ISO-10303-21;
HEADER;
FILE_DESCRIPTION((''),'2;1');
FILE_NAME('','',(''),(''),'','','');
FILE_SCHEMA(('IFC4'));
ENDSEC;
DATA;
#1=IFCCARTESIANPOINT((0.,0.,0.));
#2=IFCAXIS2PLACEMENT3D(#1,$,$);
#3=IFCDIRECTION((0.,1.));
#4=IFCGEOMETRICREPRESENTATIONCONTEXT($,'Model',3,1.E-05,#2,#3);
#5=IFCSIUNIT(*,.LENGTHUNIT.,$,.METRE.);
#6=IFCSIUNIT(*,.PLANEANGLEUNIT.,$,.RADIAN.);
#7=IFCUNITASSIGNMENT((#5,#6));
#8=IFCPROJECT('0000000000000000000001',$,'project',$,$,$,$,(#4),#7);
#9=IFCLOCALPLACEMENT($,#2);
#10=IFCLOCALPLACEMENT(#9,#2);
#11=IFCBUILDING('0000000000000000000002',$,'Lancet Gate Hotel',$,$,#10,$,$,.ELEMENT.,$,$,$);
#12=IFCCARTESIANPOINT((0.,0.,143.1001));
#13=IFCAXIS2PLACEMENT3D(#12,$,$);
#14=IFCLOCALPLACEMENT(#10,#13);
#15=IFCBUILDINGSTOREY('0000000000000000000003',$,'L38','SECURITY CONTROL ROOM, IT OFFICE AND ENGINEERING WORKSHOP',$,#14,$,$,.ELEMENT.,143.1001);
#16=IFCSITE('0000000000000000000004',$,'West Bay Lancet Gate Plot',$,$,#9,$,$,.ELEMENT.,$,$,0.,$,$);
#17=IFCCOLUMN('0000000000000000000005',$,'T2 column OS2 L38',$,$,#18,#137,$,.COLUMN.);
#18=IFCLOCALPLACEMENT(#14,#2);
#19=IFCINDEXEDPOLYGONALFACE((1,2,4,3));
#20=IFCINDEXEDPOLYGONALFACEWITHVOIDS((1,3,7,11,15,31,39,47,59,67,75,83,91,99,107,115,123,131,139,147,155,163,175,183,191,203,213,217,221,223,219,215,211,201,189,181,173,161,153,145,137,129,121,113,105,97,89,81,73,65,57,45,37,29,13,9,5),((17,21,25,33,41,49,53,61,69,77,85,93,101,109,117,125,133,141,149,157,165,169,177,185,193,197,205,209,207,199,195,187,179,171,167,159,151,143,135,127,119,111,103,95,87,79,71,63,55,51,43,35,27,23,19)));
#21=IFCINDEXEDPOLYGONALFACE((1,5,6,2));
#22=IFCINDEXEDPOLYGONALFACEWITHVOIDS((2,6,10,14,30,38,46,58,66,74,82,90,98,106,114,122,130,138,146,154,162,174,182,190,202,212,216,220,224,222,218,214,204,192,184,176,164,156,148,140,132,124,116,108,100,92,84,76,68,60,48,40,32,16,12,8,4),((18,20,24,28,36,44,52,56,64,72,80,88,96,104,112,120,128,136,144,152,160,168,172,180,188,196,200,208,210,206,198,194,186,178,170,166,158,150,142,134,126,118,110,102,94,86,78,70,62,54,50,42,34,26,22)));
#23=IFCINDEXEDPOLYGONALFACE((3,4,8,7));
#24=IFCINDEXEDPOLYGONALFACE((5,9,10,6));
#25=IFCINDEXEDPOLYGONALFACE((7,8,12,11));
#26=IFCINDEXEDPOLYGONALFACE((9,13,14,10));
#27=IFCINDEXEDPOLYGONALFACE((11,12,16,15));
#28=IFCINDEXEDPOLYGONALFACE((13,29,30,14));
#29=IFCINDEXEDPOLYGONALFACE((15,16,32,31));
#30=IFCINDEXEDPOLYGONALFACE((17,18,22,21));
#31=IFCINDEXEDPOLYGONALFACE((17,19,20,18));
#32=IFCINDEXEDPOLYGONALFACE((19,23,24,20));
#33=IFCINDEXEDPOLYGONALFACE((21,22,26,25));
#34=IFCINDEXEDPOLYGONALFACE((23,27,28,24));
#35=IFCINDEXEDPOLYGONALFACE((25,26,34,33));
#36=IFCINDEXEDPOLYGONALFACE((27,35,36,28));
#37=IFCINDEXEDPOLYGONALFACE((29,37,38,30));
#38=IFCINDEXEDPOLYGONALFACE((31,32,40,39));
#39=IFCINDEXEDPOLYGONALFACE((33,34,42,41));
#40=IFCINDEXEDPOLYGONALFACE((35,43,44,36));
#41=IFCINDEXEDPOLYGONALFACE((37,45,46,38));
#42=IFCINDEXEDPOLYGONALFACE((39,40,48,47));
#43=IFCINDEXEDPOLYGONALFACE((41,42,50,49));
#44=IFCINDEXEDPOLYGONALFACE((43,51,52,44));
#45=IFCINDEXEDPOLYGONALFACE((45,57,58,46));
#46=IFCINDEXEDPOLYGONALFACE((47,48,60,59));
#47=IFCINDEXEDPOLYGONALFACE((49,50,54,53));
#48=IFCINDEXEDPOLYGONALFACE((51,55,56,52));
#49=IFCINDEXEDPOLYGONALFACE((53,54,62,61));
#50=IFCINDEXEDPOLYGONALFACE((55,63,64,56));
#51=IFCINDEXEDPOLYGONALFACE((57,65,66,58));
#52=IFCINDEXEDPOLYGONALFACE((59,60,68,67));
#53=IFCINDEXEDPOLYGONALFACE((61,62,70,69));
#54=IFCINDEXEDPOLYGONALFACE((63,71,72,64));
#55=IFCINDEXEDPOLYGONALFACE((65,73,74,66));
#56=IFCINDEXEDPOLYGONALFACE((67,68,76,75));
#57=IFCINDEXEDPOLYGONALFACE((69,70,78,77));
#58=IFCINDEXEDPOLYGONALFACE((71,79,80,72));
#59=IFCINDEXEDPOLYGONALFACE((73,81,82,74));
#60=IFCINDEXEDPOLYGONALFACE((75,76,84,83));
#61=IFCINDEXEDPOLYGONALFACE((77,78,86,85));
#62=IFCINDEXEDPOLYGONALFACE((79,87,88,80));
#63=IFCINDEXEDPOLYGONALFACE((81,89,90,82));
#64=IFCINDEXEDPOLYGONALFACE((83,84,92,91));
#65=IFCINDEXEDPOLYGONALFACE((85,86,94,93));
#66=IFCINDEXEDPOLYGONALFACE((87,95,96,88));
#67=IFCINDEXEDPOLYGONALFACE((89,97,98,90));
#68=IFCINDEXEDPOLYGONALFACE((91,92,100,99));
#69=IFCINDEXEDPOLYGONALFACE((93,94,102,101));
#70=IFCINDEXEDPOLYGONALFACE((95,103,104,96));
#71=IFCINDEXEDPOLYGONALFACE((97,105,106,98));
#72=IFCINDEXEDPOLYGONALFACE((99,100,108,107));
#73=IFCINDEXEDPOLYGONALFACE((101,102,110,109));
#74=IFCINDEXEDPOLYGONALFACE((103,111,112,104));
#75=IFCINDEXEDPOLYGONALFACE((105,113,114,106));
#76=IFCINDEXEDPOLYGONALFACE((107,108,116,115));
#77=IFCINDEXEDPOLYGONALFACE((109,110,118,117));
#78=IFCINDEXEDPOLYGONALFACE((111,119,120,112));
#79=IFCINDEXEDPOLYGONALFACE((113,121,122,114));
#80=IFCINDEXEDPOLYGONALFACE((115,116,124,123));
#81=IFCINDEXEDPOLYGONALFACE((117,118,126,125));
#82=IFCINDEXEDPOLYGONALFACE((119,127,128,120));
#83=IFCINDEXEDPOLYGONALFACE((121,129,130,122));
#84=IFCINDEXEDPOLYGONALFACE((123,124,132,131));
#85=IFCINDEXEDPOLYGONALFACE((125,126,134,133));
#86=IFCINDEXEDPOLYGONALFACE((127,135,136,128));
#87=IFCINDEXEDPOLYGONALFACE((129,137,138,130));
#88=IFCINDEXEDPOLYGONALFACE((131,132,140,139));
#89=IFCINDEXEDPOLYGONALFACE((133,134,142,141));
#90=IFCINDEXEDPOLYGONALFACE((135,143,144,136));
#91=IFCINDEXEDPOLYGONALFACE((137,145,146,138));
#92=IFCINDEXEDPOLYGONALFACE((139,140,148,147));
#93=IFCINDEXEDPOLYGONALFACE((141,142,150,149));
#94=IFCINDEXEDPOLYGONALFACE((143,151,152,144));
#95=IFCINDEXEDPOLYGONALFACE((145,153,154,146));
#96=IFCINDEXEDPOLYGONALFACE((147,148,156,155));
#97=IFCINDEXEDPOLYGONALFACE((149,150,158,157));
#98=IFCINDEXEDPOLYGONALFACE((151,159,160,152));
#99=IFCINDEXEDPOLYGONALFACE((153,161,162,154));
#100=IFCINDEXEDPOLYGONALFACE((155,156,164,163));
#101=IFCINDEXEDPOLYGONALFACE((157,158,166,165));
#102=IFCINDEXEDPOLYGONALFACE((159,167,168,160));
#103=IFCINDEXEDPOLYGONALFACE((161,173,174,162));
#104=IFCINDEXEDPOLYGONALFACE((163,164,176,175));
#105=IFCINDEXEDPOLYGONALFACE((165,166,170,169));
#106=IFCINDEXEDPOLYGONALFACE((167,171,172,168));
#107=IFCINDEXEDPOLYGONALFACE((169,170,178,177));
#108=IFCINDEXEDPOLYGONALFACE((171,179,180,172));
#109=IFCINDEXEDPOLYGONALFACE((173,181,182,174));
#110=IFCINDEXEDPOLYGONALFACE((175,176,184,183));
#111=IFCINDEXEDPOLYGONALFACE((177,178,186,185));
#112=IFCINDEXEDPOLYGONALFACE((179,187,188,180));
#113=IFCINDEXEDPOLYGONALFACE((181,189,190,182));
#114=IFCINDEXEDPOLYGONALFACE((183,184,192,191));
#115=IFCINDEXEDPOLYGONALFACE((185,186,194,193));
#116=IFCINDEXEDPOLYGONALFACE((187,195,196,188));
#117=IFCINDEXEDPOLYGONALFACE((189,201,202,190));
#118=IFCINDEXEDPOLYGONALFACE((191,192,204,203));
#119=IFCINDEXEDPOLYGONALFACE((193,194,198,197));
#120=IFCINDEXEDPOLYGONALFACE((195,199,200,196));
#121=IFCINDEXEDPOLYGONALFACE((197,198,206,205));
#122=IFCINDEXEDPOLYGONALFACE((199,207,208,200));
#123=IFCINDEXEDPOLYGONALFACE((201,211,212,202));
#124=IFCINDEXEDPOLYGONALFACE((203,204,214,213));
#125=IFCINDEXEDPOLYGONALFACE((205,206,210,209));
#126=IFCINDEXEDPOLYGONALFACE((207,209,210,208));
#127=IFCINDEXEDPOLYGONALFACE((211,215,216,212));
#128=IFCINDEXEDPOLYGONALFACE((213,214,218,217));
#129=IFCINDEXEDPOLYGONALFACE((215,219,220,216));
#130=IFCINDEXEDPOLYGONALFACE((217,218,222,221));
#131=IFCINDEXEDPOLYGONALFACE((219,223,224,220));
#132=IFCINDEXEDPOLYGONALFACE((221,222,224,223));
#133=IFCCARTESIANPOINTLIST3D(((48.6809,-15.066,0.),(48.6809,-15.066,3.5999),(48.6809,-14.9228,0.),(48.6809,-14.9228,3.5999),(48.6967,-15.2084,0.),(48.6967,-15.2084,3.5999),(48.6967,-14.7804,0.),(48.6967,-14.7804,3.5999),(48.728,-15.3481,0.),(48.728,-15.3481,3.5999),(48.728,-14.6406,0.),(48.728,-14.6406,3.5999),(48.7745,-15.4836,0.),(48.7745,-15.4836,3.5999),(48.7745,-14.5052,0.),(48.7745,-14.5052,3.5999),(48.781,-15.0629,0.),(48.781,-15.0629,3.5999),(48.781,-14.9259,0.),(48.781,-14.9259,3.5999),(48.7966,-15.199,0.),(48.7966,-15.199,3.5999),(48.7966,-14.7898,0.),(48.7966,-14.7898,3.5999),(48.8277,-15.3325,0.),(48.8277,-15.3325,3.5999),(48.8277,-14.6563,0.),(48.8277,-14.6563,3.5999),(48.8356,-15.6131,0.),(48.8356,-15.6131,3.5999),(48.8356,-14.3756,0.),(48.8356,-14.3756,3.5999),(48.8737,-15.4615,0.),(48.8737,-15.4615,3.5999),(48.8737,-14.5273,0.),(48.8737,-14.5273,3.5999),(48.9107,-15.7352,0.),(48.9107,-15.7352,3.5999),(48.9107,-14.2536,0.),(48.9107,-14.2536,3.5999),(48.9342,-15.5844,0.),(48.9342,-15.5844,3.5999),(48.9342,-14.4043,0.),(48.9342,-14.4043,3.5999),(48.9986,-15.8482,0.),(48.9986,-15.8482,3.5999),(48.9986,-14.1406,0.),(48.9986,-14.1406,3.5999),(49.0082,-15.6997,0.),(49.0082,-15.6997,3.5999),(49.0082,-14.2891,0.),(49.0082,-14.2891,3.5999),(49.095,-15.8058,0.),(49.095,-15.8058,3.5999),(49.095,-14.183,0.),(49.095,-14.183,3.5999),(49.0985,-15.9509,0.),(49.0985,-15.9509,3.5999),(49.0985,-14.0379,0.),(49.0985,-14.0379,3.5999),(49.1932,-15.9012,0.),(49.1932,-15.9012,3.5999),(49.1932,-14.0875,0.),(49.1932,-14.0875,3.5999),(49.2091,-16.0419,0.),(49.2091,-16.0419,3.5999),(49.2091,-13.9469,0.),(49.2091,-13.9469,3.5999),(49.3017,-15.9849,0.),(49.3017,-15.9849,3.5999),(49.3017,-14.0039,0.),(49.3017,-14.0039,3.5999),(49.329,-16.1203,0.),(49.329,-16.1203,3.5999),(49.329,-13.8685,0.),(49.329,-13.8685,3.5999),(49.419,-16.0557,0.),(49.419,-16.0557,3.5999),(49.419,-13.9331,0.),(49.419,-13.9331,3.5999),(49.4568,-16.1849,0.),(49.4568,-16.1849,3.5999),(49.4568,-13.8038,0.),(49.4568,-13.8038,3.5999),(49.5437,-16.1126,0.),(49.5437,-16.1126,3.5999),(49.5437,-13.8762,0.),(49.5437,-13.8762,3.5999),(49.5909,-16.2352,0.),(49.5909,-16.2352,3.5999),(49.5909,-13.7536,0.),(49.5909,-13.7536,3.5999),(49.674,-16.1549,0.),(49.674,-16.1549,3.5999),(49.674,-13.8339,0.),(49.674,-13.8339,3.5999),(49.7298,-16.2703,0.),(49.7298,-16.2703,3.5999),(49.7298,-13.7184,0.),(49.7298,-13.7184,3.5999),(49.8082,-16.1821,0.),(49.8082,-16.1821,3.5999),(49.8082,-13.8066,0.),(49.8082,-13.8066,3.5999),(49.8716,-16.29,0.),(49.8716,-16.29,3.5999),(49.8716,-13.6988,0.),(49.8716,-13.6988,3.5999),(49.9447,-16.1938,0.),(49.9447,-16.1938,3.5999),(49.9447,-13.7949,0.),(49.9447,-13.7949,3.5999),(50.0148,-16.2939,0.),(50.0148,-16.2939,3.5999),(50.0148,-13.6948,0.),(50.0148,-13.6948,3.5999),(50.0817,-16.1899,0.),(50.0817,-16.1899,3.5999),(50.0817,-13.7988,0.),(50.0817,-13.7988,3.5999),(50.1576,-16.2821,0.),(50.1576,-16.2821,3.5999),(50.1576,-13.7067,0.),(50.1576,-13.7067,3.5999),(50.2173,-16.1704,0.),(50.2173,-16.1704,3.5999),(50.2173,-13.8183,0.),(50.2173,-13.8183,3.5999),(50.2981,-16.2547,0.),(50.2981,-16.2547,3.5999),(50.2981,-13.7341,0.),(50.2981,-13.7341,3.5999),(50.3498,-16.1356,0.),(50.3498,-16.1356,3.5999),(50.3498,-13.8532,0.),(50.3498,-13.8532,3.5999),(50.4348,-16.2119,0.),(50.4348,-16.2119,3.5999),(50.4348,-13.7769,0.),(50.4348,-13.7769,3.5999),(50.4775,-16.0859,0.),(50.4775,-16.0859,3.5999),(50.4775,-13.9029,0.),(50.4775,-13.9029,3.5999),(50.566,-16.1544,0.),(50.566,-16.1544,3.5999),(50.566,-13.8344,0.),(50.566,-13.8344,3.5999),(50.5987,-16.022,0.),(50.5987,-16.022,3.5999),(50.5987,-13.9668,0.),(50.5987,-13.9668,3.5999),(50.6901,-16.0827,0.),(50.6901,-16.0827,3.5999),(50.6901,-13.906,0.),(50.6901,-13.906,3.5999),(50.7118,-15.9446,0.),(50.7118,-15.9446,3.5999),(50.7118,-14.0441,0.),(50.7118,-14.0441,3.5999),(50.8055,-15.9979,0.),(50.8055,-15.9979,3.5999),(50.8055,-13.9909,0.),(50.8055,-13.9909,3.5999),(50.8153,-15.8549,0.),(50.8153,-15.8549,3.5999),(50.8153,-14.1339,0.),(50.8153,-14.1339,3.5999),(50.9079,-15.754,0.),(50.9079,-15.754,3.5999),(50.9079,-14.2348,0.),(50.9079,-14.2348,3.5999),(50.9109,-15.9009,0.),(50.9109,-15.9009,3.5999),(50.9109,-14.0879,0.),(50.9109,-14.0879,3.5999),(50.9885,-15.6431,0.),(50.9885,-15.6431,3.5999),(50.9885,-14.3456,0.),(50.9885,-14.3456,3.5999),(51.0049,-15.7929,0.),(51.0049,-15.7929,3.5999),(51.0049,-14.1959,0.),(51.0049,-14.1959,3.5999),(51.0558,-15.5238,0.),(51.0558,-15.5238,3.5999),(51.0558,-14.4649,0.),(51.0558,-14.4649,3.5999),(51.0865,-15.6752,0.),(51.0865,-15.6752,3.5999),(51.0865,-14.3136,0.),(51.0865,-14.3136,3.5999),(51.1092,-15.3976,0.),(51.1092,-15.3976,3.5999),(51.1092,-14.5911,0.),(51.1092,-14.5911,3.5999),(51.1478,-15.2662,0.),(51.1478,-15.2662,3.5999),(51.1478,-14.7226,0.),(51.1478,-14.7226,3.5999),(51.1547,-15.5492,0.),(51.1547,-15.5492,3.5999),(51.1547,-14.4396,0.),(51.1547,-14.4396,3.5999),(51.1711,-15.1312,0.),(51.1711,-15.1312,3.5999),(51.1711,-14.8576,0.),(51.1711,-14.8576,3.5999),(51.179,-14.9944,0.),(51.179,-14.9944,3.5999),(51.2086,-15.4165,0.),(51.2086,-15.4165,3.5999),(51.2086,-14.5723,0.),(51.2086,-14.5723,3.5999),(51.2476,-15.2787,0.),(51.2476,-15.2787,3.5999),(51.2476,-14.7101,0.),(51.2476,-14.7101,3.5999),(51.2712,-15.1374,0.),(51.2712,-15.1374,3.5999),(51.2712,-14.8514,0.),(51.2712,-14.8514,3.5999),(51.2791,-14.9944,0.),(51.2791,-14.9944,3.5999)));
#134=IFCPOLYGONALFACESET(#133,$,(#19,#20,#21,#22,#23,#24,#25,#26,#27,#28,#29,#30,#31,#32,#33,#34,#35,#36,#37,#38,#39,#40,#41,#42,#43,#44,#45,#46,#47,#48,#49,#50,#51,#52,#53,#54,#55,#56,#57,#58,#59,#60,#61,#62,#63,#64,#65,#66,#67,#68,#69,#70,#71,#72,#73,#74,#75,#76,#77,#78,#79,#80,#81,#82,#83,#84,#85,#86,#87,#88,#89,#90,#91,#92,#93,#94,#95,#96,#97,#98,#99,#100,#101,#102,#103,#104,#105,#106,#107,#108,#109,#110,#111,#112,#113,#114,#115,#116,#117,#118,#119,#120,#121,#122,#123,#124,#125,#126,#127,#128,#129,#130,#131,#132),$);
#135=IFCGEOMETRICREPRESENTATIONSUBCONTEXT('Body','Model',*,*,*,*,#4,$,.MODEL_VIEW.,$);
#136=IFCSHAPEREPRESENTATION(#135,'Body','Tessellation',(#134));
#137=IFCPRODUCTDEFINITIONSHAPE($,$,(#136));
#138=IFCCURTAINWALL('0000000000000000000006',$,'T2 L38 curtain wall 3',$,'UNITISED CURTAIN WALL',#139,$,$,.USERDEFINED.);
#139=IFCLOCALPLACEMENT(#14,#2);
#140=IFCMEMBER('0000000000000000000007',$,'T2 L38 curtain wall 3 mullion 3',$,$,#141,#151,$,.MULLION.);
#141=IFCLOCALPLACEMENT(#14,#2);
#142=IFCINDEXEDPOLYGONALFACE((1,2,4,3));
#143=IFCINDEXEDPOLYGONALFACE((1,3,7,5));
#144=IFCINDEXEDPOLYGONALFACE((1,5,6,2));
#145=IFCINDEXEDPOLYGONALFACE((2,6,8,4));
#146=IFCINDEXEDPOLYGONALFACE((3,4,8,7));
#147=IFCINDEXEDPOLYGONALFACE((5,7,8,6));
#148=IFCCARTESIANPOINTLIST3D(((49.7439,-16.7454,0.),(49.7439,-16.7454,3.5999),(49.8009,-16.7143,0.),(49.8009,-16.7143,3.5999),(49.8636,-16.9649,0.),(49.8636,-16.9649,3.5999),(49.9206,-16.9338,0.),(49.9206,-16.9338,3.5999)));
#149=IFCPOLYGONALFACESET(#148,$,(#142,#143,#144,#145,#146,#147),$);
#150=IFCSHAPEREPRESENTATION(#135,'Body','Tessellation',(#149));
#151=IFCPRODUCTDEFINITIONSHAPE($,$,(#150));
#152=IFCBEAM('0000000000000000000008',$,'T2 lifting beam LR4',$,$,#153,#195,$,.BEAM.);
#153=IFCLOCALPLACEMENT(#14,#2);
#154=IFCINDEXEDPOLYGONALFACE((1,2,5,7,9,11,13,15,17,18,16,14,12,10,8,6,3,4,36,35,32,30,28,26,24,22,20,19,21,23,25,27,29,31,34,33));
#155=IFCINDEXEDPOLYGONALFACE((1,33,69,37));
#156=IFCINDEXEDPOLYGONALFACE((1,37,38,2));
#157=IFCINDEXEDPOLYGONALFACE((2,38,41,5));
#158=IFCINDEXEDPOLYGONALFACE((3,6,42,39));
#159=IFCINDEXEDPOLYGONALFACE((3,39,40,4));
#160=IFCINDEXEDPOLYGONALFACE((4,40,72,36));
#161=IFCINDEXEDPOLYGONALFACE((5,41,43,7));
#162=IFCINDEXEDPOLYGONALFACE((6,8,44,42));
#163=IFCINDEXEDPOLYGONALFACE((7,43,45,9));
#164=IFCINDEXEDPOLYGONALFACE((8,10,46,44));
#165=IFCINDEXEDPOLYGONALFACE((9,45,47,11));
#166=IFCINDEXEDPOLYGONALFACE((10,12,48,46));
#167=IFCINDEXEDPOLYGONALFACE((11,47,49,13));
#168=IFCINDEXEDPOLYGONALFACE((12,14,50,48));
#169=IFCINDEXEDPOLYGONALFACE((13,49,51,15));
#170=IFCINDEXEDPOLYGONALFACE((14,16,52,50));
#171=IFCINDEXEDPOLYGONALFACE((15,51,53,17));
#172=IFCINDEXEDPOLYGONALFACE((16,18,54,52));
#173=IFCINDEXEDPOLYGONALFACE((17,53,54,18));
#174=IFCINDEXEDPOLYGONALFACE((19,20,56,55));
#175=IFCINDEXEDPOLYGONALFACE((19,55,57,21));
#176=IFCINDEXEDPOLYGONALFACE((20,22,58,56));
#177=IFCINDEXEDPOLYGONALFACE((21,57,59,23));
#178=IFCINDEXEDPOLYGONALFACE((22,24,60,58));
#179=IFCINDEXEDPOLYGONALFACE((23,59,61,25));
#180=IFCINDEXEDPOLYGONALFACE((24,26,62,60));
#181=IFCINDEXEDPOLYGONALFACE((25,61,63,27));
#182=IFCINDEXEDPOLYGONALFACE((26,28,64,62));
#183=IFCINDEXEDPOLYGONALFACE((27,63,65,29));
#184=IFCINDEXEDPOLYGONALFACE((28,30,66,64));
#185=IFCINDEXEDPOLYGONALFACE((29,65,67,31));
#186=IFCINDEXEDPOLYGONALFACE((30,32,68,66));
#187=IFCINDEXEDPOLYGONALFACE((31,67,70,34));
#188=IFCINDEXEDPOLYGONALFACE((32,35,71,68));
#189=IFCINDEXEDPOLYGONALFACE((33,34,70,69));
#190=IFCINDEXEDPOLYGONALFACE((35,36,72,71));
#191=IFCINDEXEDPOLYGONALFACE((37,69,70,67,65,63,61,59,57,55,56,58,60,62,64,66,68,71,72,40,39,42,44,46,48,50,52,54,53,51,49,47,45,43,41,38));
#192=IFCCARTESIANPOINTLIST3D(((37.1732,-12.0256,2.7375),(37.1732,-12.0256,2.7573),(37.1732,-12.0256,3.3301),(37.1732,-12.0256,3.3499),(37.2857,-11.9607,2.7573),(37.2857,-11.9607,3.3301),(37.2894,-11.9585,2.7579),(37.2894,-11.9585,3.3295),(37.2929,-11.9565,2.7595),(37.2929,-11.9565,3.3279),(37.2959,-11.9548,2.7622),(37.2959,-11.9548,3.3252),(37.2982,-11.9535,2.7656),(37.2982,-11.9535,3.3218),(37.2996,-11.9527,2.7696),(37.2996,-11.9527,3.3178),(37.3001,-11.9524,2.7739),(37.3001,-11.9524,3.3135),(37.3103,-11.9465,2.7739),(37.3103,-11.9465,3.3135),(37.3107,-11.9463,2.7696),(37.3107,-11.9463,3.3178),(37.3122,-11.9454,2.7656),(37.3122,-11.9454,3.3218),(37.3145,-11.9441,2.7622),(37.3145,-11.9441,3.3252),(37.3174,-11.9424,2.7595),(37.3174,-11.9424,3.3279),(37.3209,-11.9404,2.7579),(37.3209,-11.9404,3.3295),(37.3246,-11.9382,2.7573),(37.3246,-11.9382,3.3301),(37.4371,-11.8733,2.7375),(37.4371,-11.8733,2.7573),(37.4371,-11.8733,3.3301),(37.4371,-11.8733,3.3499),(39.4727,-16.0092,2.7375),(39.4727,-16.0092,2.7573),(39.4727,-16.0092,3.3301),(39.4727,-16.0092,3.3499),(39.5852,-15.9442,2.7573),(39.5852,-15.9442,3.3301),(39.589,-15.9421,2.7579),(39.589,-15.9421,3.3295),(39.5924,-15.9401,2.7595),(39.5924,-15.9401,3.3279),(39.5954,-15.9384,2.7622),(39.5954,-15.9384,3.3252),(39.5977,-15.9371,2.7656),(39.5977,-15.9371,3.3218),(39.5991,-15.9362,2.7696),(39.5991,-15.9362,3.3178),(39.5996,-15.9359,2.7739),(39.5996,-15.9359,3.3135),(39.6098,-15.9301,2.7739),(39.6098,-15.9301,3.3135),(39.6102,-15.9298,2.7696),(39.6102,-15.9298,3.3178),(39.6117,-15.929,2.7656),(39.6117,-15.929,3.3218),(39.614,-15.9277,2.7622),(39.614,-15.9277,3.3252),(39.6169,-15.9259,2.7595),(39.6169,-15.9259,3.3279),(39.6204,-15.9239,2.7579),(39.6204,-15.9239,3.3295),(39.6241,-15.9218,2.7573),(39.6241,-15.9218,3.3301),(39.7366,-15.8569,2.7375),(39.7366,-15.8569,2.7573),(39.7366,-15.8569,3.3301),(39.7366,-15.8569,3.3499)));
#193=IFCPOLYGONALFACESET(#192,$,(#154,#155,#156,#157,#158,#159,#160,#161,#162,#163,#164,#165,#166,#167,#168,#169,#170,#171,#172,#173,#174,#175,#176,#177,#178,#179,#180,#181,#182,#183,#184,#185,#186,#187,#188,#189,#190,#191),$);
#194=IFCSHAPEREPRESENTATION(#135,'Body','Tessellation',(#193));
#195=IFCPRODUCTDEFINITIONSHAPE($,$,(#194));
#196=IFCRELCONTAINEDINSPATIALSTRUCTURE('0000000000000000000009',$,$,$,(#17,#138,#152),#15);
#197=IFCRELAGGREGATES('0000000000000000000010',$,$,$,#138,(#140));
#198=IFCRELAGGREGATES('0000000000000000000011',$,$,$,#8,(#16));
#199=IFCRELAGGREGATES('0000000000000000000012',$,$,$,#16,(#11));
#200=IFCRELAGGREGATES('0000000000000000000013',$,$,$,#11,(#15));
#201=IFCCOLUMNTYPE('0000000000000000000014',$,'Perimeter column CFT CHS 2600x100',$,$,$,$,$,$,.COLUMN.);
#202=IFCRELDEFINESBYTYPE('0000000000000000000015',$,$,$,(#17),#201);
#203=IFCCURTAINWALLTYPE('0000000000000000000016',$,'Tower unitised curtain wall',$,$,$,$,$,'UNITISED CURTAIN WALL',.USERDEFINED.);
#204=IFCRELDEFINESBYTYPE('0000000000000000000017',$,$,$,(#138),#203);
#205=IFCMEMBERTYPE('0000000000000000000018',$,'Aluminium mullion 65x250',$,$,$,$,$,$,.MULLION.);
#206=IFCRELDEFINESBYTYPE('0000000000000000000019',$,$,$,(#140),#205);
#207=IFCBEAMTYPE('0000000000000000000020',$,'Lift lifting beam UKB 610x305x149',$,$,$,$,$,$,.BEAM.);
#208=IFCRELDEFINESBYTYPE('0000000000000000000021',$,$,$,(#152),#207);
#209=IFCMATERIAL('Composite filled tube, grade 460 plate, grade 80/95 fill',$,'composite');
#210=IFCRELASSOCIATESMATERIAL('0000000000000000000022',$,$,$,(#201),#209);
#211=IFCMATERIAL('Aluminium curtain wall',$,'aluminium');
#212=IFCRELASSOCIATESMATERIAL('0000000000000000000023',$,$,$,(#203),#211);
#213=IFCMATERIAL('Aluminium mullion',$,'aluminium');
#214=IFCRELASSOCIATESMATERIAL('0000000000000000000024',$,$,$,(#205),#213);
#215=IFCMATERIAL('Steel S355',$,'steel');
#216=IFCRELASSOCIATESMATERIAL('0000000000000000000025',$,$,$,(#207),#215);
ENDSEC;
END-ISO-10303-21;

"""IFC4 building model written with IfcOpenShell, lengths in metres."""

from ifc_helpers import new_model, si_unit, direction, frame, origin, origin_2d, place, context, subcontext, project, spatial, rectangle, hollow_circle, i_section, extrude, material, material_profile, profile_set, type_object, element, aggregate, save


model = new_model("IFC4")

# Units and contexts
model_context = context("Model", 3, precision=1e-05, world=origin(), true_north=direction((0.0, 1.0)))
body_context = subcontext(model_context, "Body", "Model", "MODEL_VIEW")
ifc_project = project(units=[si_unit("LENGTHUNIT", "METRE"), si_unit("PLANEANGLEUNIT", "RADIAN")], contexts=[model_context])

# Site, building, storey
site_placement = place(None, origin())
site = spatial("IfcSite", under=ifc_project, at=site_placement, Name="West Bay Lancet Gate Plot", CompositionType="ELEMENT", RefElevation=0.0)
building_placement = place(site_placement, origin())
building = spatial("IfcBuilding", under=site, at=building_placement, Name="Lancet Gate Hotel", CompositionType="ELEMENT")
storey_placement = place(building_placement, frame((0.0, 0.0, 143.1001)))
storey = spatial("IfcBuildingStorey", under=building, at=storey_placement, Name="L38", Description="SECURITY CONTROL ROOM, IT OFFICE AND ENGINEERING WORKSHOP", CompositionType="ELEMENT", Elevation=143.1001)

# Column
ifc_material_1 = material(Name="Composite filled tube, grade 460 plate, grade 80/95 fill", Category="composite")
ifc_material_profile_1 = material_profile(ifc_material_1, hollow_circle(Radius=1.3, WallThickness=0.1001, at=origin_2d()), Name="CHS 2600x100")
ifc_profile_set_1 = profile_set([ifc_material_profile_1], Name="Composite filled tube, grade 460 plate, grade 80/95 fill")
column_type = type_object("IfcColumnType", Name="Perimeter column CFT CHS 2600x100", PredefinedType="COLUMN", material=ifc_profile_set_1)
column_placement = place(storey_placement, frame((49.979, -14.9944, 0.0), z_axis=(0.0, 0.0, 1.0), x_axis=(1.0, 0.0, 0.0)))
element("IfcColumn", 1, at=column_placement, inside=storey, type_object=column_type, Name="T2 column OS2 L38", PredefinedType="COLUMN", context=body_context, shape_type="SweptSolid", body=[
    extrude(hollow_circle(Radius=1.3, WallThickness=0.1001, at=origin_2d()), origin(), (0.0, 0.0, 1.0), 3.5999),
])

# Curtain wall, member
ifc_material_2 = material(Name="Aluminium curtain wall", Category="aluminium")
curtain_wall_type = type_object("IfcCurtainWallType", Name="Tower unitised curtain wall", ElementType="UNITISED CURTAIN WALL", PredefinedType="USERDEFINED", material=ifc_material_2)
curtain_wall_placement = place(storey_placement, origin())
curtain_wall = element("IfcCurtainWall", 2, at=curtain_wall_placement, inside=storey, type_object=curtain_wall_type, Name="T2 L38 curtain wall 3", ObjectType="UNITISED CURTAIN WALL", PredefinedType="USERDEFINED")
ifc_material_3 = material(Name="Aluminium mullion", Category="aluminium")
ifc_material_profile_2 = material_profile(ifc_material_3, rectangle(XDim=0.0649, YDim=0.25, at=origin_2d()), Name="MULLION 65x250")
ifc_profile_set_2 = profile_set([ifc_material_profile_2], Name="Aluminium mullion")
member_type = type_object("IfcMemberType", Name="Aluminium mullion 65x250", PredefinedType="MULLION", material=ifc_profile_set_2)
member_placement = place(storey_placement, frame((49.8323, -16.8396, 0.0), z_axis=(0.0, 0.0, 1.0), x_axis=(0.877916, 0.478814, 0.0)))
member = element("IfcMember", 3, at=member_placement, type_object=member_type, Name="T2 L38 curtain wall 3 mullion 3", PredefinedType="MULLION", context=body_context, shape_type="SweptSolid", body=[
    extrude(rectangle(XDim=0.0649, YDim=0.25, at=origin_2d()), origin(), (0.0, 0.0, 1.0), 3.5999),
])
aggregate(curtain_wall, [member])

# Beam
ifc_material_4 = material(Name="Steel S355", Category="steel")
ifc_material_profile_3 = material_profile(ifc_material_4, i_section(OverallWidth=0.3047, OverallDepth=0.6123, WebThickness=0.0117, FlangeThickness=0.0198, FilletRadius=0.0166, at=origin_2d()), Name="UKB 610x305x149")
ifc_profile_set_3 = profile_set([ifc_material_profile_3], Name="Steel S355")
beam_type_1 = type_object("IfcBeamType", Name="Lift lifting beam UKB 610x305x149", PredefinedType="BEAM", material=ifc_profile_set_3)
beam_1_placement = place(storey_placement, frame((37.3052, -11.9495, 3.0437), z_axis=(0.499935, -0.866063, 0.0), x_axis=(0.866063, 0.499935, 0.0)))
element("IfcBeam", 4, at=beam_1_placement, inside=storey, type_object=beam_type_1, Name="T2 lifting beam LR4", PredefinedType="BEAM", context=body_context, shape_type="SweptSolid", body=[
    extrude(i_section(OverallWidth=0.3047, OverallDepth=0.6123, WebThickness=0.0117, FlangeThickness=0.0198, FilletRadius=0.0166, at=origin_2d()), origin(), (0.0, 0.0, 1.0), 4.5996),
])

save(model, "model.ifc")
